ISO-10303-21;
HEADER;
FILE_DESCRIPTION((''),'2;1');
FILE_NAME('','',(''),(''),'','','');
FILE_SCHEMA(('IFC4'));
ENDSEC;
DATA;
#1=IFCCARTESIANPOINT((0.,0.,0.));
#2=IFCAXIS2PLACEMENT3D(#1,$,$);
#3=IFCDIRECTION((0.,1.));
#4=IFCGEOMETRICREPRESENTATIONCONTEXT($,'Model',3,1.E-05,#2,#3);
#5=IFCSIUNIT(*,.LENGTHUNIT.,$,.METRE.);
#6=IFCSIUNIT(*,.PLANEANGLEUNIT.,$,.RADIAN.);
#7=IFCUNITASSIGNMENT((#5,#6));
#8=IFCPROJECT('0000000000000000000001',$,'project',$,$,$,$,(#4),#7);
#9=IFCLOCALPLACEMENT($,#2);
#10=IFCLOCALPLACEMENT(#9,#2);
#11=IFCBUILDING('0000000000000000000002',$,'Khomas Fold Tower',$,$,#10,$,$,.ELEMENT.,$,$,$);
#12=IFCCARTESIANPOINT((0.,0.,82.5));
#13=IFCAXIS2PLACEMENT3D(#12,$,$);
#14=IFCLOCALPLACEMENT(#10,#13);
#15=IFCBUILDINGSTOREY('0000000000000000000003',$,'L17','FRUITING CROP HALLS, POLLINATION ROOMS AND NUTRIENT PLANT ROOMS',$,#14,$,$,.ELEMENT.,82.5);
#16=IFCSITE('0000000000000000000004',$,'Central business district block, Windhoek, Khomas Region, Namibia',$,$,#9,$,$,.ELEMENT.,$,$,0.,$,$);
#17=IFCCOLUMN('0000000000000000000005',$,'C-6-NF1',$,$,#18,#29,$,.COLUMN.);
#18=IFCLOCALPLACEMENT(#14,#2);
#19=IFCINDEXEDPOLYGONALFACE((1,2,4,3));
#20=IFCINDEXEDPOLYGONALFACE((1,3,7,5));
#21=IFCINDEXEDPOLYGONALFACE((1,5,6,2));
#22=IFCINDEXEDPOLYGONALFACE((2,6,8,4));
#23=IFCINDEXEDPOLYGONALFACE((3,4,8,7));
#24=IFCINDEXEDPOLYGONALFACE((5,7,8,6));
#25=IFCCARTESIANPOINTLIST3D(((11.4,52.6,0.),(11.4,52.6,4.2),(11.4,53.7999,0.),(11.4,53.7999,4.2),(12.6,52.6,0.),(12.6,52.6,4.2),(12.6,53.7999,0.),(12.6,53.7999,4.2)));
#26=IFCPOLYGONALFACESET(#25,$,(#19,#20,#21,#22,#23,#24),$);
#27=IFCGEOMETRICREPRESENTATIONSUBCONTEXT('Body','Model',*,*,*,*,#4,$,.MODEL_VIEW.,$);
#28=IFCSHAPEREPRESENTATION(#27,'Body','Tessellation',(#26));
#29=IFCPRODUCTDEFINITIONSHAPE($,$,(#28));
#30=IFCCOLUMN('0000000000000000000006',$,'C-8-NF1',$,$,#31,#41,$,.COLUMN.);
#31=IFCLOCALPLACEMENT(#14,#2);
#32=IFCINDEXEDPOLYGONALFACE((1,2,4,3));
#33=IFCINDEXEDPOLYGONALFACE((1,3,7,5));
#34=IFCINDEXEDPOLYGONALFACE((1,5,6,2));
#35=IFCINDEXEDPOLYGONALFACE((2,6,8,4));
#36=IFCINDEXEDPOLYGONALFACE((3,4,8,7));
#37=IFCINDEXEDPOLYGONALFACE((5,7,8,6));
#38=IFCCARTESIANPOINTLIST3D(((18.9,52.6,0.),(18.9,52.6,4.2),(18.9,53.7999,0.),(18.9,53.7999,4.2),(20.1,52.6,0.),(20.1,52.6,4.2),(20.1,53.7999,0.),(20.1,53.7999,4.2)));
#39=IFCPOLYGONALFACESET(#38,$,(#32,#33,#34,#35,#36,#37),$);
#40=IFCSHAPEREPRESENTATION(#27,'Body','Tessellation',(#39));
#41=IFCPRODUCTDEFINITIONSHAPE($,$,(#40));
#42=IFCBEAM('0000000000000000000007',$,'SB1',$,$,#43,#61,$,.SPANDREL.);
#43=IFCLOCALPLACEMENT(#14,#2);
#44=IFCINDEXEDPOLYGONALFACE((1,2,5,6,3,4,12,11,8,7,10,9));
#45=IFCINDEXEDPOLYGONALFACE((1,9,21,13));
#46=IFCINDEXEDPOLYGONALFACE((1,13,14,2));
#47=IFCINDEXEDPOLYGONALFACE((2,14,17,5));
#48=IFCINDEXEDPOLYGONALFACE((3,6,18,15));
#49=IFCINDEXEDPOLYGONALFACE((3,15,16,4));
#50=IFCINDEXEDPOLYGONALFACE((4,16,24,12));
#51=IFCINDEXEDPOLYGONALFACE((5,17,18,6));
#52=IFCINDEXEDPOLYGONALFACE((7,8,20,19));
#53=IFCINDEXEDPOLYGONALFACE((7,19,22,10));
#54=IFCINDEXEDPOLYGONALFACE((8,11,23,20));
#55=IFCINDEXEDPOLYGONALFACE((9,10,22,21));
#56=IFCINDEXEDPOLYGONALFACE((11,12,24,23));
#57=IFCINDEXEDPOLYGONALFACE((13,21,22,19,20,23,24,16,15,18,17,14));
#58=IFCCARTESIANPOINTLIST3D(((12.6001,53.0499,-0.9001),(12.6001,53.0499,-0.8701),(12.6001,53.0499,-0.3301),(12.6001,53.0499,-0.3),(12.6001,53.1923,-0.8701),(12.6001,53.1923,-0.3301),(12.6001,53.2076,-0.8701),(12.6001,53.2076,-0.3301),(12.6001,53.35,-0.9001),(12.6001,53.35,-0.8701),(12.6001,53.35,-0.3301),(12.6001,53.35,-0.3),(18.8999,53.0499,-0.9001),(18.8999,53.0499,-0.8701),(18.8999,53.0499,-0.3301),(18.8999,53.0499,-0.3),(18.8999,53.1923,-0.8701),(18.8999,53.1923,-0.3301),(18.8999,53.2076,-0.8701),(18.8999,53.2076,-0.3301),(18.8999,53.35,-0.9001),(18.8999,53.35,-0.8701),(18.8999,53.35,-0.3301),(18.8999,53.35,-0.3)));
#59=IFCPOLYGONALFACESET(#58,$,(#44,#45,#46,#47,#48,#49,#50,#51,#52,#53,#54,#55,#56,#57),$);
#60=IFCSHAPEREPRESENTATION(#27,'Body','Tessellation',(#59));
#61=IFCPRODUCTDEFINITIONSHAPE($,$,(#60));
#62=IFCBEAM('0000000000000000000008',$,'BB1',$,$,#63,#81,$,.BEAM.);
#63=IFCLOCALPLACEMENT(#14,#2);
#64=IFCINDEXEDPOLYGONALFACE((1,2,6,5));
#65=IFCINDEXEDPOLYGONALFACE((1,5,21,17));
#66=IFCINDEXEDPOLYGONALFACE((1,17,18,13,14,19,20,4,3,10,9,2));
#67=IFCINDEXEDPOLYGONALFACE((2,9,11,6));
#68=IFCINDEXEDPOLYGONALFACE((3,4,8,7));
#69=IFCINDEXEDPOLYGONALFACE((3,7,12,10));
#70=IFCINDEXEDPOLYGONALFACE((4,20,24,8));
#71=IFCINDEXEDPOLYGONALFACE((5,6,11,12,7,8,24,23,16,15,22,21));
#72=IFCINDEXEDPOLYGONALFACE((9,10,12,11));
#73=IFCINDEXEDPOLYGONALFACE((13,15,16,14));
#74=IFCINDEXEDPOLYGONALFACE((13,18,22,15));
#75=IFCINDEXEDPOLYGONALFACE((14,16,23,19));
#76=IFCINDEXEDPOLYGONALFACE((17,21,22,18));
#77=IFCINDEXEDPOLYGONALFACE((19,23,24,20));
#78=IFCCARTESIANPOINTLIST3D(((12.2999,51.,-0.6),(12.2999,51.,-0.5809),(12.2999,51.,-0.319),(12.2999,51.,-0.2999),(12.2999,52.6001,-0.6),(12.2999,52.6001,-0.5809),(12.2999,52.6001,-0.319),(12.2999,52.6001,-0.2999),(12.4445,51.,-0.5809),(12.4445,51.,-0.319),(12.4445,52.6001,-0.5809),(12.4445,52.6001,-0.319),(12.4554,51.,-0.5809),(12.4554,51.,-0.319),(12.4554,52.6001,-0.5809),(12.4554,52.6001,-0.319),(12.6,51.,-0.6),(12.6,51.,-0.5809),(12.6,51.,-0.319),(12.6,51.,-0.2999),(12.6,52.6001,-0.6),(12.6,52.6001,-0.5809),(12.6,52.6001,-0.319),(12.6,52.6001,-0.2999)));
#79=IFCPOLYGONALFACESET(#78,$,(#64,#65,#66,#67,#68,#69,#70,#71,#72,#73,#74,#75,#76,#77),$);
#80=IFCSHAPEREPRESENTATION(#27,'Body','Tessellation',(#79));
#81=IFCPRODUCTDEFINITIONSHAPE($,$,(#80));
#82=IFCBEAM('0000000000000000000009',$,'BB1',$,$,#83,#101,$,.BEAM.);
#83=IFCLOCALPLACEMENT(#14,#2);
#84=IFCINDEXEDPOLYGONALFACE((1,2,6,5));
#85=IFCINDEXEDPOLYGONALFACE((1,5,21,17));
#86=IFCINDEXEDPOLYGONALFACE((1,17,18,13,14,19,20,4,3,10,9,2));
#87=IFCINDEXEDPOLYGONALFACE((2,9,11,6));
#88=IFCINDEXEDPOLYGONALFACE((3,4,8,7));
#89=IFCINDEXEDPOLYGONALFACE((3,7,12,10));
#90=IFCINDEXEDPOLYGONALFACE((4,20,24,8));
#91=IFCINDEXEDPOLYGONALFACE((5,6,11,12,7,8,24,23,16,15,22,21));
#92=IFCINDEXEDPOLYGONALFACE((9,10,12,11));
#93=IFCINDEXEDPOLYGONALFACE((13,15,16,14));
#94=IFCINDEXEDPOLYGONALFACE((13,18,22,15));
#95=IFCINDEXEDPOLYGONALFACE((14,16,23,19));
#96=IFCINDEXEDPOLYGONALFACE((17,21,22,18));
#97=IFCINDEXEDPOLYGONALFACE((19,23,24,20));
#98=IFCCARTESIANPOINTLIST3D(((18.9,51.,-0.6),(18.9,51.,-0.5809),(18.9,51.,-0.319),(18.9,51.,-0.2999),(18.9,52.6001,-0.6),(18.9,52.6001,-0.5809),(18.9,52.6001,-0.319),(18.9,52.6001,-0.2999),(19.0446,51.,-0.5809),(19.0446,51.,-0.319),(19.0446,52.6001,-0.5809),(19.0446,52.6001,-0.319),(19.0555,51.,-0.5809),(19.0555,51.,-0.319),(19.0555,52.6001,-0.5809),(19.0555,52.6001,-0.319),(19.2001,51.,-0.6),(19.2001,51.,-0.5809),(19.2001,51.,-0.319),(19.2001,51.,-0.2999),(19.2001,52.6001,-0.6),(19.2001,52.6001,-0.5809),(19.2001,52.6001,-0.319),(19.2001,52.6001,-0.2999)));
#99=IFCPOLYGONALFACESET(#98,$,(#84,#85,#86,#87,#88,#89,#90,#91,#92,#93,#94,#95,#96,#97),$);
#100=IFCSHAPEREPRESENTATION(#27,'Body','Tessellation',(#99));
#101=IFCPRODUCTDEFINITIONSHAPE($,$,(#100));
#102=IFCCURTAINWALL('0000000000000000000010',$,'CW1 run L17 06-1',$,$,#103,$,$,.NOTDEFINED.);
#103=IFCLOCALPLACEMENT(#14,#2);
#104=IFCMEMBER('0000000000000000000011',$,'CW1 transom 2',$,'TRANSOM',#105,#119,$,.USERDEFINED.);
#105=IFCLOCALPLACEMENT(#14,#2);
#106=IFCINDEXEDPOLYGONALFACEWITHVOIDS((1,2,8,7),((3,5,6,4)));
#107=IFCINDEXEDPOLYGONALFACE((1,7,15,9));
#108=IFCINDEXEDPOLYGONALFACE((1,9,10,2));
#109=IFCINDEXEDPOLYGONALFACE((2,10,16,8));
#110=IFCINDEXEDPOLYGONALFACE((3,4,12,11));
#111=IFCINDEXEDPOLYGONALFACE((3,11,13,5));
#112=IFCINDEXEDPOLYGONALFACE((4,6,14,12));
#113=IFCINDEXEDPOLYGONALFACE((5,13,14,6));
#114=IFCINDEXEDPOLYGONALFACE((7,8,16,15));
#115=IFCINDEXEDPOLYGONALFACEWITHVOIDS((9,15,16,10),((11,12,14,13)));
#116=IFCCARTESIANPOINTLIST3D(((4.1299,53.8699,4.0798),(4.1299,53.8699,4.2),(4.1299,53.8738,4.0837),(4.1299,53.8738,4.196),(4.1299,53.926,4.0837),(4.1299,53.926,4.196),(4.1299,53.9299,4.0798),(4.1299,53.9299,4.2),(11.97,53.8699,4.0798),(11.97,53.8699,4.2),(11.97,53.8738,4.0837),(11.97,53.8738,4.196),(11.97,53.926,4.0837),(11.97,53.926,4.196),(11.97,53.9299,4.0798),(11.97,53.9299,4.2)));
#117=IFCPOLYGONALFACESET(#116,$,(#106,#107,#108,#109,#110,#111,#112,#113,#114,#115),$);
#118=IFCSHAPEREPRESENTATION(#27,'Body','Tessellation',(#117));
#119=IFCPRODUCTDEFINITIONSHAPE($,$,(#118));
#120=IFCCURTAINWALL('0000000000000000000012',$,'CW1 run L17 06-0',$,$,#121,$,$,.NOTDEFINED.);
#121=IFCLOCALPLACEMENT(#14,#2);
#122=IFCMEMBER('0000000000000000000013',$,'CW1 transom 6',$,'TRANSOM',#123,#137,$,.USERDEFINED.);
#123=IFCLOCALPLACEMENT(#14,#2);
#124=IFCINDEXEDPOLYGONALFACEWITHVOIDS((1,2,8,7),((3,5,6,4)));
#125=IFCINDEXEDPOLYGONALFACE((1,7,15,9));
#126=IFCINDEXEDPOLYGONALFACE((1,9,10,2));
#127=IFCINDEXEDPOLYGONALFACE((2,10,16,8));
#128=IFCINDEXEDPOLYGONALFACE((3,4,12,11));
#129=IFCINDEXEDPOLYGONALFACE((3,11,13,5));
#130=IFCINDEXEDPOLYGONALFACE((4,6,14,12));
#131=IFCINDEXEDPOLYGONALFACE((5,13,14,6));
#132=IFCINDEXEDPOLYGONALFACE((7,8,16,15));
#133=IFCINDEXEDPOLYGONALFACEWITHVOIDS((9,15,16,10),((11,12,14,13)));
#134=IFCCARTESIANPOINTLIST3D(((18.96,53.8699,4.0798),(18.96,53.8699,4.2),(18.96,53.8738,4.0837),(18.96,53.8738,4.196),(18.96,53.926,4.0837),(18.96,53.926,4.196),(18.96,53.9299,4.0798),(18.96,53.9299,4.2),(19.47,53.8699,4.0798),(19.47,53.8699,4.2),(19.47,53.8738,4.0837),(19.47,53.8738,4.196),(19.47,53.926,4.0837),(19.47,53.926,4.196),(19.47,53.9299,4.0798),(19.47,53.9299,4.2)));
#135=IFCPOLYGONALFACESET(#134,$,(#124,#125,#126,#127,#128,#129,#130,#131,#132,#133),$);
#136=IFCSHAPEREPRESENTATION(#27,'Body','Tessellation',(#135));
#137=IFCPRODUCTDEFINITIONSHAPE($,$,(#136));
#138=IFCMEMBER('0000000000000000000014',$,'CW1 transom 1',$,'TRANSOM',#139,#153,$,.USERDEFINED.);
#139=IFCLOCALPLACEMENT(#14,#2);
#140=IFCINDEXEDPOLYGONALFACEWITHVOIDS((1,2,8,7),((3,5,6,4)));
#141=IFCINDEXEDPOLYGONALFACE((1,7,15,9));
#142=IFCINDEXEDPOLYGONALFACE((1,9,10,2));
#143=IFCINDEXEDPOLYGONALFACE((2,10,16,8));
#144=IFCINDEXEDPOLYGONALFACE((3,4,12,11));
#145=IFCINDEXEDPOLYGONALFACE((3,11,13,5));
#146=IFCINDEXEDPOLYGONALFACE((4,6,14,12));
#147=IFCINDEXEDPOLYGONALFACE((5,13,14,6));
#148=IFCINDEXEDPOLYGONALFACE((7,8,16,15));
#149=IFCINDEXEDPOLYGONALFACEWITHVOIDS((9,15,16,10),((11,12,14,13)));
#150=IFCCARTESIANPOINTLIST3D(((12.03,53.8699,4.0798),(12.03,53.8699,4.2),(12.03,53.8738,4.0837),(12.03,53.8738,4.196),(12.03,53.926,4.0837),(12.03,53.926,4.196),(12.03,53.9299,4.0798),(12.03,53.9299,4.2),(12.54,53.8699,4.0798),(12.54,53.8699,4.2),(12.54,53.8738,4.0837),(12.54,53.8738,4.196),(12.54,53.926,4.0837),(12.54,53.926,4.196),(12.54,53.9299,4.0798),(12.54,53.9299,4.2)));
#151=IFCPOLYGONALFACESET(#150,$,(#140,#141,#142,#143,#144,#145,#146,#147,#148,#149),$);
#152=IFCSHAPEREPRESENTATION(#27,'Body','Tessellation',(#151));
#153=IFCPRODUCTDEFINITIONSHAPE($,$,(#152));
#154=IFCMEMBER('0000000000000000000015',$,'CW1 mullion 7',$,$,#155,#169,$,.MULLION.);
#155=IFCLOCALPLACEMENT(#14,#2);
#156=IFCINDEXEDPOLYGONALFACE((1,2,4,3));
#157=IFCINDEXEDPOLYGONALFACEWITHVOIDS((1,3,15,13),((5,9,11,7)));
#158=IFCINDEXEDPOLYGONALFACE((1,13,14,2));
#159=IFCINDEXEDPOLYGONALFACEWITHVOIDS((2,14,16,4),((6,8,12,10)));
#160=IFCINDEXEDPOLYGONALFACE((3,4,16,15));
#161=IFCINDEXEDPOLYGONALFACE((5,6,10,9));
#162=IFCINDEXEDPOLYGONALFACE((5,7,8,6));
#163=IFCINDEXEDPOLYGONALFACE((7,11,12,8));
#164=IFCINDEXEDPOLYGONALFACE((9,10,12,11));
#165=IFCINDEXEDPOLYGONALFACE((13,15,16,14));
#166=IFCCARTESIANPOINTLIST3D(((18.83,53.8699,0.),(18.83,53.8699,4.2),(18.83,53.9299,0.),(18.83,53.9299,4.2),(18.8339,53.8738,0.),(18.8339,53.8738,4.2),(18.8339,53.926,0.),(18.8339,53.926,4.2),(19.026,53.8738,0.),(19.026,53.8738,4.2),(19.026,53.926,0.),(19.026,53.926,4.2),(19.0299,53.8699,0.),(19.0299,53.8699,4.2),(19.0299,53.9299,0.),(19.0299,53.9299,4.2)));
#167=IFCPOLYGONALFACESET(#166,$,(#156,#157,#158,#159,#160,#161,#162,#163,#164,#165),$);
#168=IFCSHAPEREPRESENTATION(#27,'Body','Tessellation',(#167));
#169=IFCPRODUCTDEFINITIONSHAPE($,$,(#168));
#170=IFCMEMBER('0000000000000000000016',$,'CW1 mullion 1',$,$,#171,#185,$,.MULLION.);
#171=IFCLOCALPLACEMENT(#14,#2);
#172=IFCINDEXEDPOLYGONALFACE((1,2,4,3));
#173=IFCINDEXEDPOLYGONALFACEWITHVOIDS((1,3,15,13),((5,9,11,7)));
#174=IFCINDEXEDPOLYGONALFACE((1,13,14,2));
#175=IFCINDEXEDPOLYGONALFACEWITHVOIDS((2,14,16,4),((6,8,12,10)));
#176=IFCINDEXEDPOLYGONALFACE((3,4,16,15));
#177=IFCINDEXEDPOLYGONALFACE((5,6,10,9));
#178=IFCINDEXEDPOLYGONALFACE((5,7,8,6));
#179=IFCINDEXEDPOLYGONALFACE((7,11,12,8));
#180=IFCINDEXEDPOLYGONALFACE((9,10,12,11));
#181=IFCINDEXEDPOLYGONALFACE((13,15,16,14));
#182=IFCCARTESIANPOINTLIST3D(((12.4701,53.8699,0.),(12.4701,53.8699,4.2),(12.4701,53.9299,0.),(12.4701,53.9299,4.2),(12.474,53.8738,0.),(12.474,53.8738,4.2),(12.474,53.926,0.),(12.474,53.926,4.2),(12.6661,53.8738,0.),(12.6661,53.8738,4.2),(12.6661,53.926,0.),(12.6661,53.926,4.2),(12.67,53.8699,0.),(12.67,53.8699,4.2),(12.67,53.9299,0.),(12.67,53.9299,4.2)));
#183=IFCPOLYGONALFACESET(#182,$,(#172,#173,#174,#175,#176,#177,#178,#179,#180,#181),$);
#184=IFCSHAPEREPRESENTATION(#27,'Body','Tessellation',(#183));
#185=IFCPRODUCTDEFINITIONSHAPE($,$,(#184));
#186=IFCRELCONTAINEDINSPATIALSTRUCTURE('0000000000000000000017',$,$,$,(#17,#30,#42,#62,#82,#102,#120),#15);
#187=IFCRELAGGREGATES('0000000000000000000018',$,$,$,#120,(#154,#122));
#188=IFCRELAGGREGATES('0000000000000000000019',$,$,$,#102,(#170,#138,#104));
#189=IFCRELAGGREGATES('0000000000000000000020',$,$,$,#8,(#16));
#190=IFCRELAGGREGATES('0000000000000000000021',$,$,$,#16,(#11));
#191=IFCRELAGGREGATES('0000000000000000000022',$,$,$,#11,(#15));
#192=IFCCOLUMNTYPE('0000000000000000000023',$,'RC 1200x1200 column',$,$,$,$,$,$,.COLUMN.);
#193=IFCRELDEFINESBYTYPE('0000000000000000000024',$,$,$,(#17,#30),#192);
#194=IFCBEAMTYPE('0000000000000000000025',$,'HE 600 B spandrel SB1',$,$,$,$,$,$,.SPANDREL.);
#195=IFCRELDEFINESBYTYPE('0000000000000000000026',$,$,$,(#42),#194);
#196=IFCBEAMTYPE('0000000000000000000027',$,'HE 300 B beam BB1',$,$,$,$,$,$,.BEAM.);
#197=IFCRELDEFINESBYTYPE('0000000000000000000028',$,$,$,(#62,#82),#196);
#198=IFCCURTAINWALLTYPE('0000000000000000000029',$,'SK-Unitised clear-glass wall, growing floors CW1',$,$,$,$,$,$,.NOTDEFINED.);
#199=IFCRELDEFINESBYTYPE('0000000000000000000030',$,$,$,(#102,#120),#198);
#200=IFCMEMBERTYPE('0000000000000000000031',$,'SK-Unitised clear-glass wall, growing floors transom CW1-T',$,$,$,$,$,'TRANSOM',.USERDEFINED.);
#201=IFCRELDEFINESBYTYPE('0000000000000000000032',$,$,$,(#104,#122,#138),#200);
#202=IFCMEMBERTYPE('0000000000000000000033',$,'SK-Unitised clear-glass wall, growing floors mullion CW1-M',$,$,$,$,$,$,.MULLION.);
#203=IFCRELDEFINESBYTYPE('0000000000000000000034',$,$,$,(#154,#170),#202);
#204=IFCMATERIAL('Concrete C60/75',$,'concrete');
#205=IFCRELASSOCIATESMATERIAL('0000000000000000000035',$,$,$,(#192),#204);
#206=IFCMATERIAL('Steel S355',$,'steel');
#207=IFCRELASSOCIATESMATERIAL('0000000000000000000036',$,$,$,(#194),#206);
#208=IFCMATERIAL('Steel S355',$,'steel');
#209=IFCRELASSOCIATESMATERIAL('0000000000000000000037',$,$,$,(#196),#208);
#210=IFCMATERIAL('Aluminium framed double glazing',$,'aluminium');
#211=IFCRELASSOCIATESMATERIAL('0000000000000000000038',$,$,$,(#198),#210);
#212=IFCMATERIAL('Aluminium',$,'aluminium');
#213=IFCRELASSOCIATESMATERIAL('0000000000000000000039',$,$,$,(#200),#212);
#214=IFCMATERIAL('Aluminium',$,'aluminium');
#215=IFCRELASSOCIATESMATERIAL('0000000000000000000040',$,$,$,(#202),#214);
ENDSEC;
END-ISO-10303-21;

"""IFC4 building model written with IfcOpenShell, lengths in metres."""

from ifc_helpers import new_model, si_unit, direction, frame, origin, origin_2d, place, context, subcontext, project, spatial, rectangle, hollow_rectangle, i_section, extrude, source, transform, mapped, material, material_profile, profile_set, type_object, element, aggregate, save


model = new_model("IFC4")

# Units and contexts
model_context = context("Model", 3, precision=1e-05, world=origin(), true_north=direction((0.0, 1.0)))
body_context = subcontext(model_context, "Body", "Model", "MODEL_VIEW")
ifc_project = project(units=[si_unit("LENGTHUNIT", "METRE"), si_unit("PLANEANGLEUNIT", "RADIAN")], contexts=[model_context])

# Site, building, storey
site_placement = place(None, origin())
site = spatial("IfcSite", under=ifc_project, at=site_placement, Name="Central business district block, Windhoek, Khomas Region, Namibia", CompositionType="ELEMENT", RefElevation=0.0)
building_placement = place(site_placement, origin())
building = spatial("IfcBuilding", under=site, at=building_placement, Name="Khomas Fold Tower", CompositionType="ELEMENT")
storey_placement = place(building_placement, frame((0.0, 0.0, 82.5)))
storey = spatial("IfcBuildingStorey", under=building, at=storey_placement, Name="L17", Description="FRUITING CROP HALLS, POLLINATION ROOMS AND NUTRIENT PLANT ROOMS", CompositionType="ELEMENT", Elevation=82.5)

# Columns
ifc_material_1 = material(Name="Concrete C60/75", Category="concrete")
ifc_material_profile_1 = material_profile(ifc_material_1, rectangle(XDim=1.2, YDim=1.2, at=origin_2d()), Name="RC 1200x1200")
ifc_profile_set_1 = profile_set([ifc_material_profile_1], Name="Concrete C60/75")
column_type = type_object("IfcColumnType", Name="RC 1200x1200 column", PredefinedType="COLUMN", material=ifc_profile_set_1)
shared_shape_1 = source(origin(), body_context, "Body", "SweptSolid", [
    extrude(rectangle(XDim=1.2, YDim=1.2, at=origin_2d()), origin(), (0.0, 0.0, 1.0), 4.2),
])
for number, where, z_axis, x_axis, name in (
    (1, (12.0, 53.2, 0.0), (0.0, 0.0, 1.0), (1.0, 0.0, 0.0), "C-6-NF1"),
    (2, (19.5, 53.2, 0.0), (0.0, 0.0, 1.0), (1.0, 0.0, 0.0), "C-8-NF1"),
):
    element("IfcColumn", number, at=place(storey_placement, frame(where, z_axis=z_axis, x_axis=x_axis)), inside=storey, type_object=column_type, Name=name, PredefinedType="COLUMN", context=body_context, shape_type="MappedRepresentation", body=[
        mapped(shared_shape_1, transform((0.0, 0.0, 0.0))),
    ])

# Beams
ifc_material_2 = material(Name="Steel S355", Category="steel")
ifc_material_profile_2 = material_profile(ifc_material_2, i_section(OverallWidth=0.3, OverallDepth=0.6001, WebThickness=0.0154, FlangeThickness=0.03, at=origin_2d()), Name="HE 600 B")
ifc_profile_set_2 = profile_set([ifc_material_profile_2], Name="Steel S355")
beam_type_1 = type_object("IfcBeamType", Name="HE 600 B spandrel SB1", PredefinedType="SPANDREL", material=ifc_profile_set_2)
shared_shape_2 = source(origin(), body_context, "Body", "SweptSolid", [
    extrude(i_section(OverallWidth=0.3, OverallDepth=0.6001, WebThickness=0.0154, FlangeThickness=0.03, at=origin_2d()), origin(), (0.0, 0.0, 1.0), 6.2998),
])
beam_placement = place(storey_placement, frame((12.6001, 53.2, -0.6001), z_axis=(1.0, 0.0, 0.0), x_axis=(0.0, 1.0, 0.0)))
element("IfcBeam", 3, at=beam_placement, inside=storey, type_object=beam_type_1, Name="SB1", PredefinedType="SPANDREL", context=body_context, shape_type="MappedRepresentation", body=[
    mapped(shared_shape_2, transform((0.0, 0.0, 0.0))),
])
ifc_material_3 = material(Name="Steel S355", Category="steel")
ifc_material_profile_3 = material_profile(ifc_material_3, i_section(OverallWidth=0.3, OverallDepth=0.3, WebThickness=0.011, FlangeThickness=0.019, at=origin_2d()), Name="HE 300 B")
ifc_profile_set_3 = profile_set([ifc_material_profile_3], Name="Steel S355")
beam_type_2 = type_object("IfcBeamType", Name="HE 300 B beam BB1", PredefinedType="BEAM", material=ifc_profile_set_3)
shared_shape_3 = source(origin(), body_context, "Body", "SweptSolid", [
    extrude(i_section(OverallWidth=0.3, OverallDepth=0.3, WebThickness=0.011, FlangeThickness=0.019, at=origin_2d()), origin(), (0.0, 0.0, 1.0), 1.6001),
])
for number, where, z_axis, x_axis, name in (
    (4, (12.45, 51.0, -0.45), (0.0, 1.0, 0.0), (-1.0, 0.0, 0.0), "BB1"),
    (5, (19.05, 51.0, -0.45), (0.0, 1.0, 0.0), (-1.0, 0.0, 0.0), "BB1"),
):
    element("IfcBeam", number, at=place(storey_placement, frame(where, z_axis=z_axis, x_axis=x_axis)), inside=storey, type_object=beam_type_2, Name=name, PredefinedType="BEAM", context=body_context, shape_type="MappedRepresentation", body=[
        mapped(shared_shape_3, transform((0.0, 0.0, 0.0))),
    ])

# Curtain walls, members
ifc_material_4 = material(Name="Aluminium framed double glazing", Category="aluminium")
curtain_wall_type = type_object("IfcCurtainWallType", Name="SK-Unitised clear-glass wall, growing floors CW1", PredefinedType="NOTDEFINED", material=ifc_material_4)
curtain_wall_1_placement = place(storey_placement, origin())
curtain_wall_1 = element("IfcCurtainWall", 6, at=curtain_wall_1_placement, inside=storey, type_object=curtain_wall_type, Name="CW1 run L17 06-1", PredefinedType="NOTDEFINED")
ifc_material_5 = material(Name="Aluminium", Category="aluminium")
ifc_material_profile_4 = material_profile(ifc_material_5, hollow_rectangle(XDim=0.0601, YDim=0.1201, WallThickness=0.0039, at=origin_2d()), Name="SK-Unitised clear-glass wall, growing floors transom CW1-T")
ifc_profile_set_4 = profile_set([ifc_material_profile_4], Name="Aluminium")
member_type_1 = type_object("IfcMemberType", Name="SK-Unitised clear-glass wall, growing floors transom CW1-T", ElementType="TRANSOM", PredefinedType="USERDEFINED", material=ifc_profile_set_4)
shared_shape_4 = source(origin(), body_context, "Body", "SweptSolid", [
    extrude(hollow_rectangle(XDim=0.0601, YDim=0.1201, WallThickness=0.0039, at=origin_2d()), origin(), (0.0, 0.0, 1.0), 7.8401),
])
member_1_placement = place(storey_placement, frame((11.97, 53.8999, 4.1399), z_axis=(-1.0, 0.0, 0.0), x_axis=(0.0, -1.0, 0.0)))
member_1 = element("IfcMember", 7, at=member_1_placement, type_object=member_type_1, Name="CW1 transom 2", ObjectType="TRANSOM", PredefinedType="USERDEFINED", context=body_context, shape_type="MappedRepresentation", body=[
    mapped(shared_shape_4, transform((0.0, 0.0, 0.0))),
])
curtain_wall_2_placement = place(storey_placement, origin())
curtain_wall_2 = element("IfcCurtainWall", 8, at=curtain_wall_2_placement, inside=storey, type_object=curtain_wall_type, Name="CW1 run L17 06-0", PredefinedType="NOTDEFINED")
shared_shape_5 = source(origin(), body_context, "Body", "SweptSolid", [
    extrude(hollow_rectangle(XDim=0.0601, YDim=0.1201, WallThickness=0.0039, at=origin_2d()), origin(), (0.0, 0.0, 1.0), 0.51),
])
member_2_placement = place(storey_placement, frame((19.47, 53.8999, 4.1399), z_axis=(-1.0, 0.0, 0.0), x_axis=(0.0, -1.0, 0.0)))
member_2 = element("IfcMember", 9, at=member_2_placement, type_object=member_type_1, Name="CW1 transom 6", ObjectType="TRANSOM", PredefinedType="USERDEFINED", context=body_context, shape_type="MappedRepresentation", body=[
    mapped(shared_shape_5, transform((0.0, 0.0, 0.0))),
])

# Members
member_3_placement = place(storey_placement, frame((12.54, 53.8999, 4.1399), z_axis=(-1.0, 0.0, 0.0), x_axis=(0.0, -1.0, 0.0)))
member_3 = element("IfcMember", 10, at=member_3_placement, type_object=member_type_1, Name="CW1 transom 1", ObjectType="TRANSOM", PredefinedType="USERDEFINED", context=body_context, shape_type="MappedRepresentation", body=[
    mapped(shared_shape_5, transform((0.0, 0.0, 0.0))),
])
ifc_material_6 = material(Name="Aluminium", Category="aluminium")
ifc_material_profile_5 = material_profile(ifc_material_6, hollow_rectangle(XDim=0.0601, YDim=0.2, WallThickness=0.0039, at=origin_2d()), Name="SK-Unitised clear-glass wall, growing floors mullion CW1-M")
ifc_profile_set_5 = profile_set([ifc_material_profile_5], Name="Aluminium")
member_type_2 = type_object("IfcMemberType", Name="SK-Unitised clear-glass wall, growing floors mullion CW1-M", PredefinedType="MULLION", material=ifc_profile_set_5)
shared_shape_6 = source(origin(), body_context, "Body", "SweptSolid", [
    extrude(hollow_rectangle(XDim=0.0601, YDim=0.2, WallThickness=0.0039, at=origin_2d()), origin(), (0.0, 0.0, 1.0), 4.2),
])
member_4_placement = place(storey_placement, frame((18.9299, 53.8999, 0.0), z_axis=(0.0, 0.0, 1.0), x_axis=(0.0, -1.0, 0.0)))
member_4 = element("IfcMember", 11, at=member_4_placement, type_object=member_type_2, Name="CW1 mullion 7", PredefinedType="MULLION", context=body_context, shape_type="MappedRepresentation", body=[
    mapped(shared_shape_6, transform((0.0, 0.0, 0.0))),
])
member_5_placement = place(storey_placement, frame((12.5701, 53.8999, 0.0), z_axis=(0.0, 0.0, 1.0), x_axis=(0.0, -1.0, 0.0)))
member_5 = element("IfcMember", 12, at=member_5_placement, type_object=member_type_2, Name="CW1 mullion 1", PredefinedType="MULLION", context=body_context, shape_type="MappedRepresentation", body=[
    mapped(shared_shape_6, transform((0.0, 0.0, 0.0))),
])

aggregate(curtain_wall_2, [member_4, member_2])
aggregate(curtain_wall_1, [member_5, member_3, member_1])

save(model, "model.ifc")
